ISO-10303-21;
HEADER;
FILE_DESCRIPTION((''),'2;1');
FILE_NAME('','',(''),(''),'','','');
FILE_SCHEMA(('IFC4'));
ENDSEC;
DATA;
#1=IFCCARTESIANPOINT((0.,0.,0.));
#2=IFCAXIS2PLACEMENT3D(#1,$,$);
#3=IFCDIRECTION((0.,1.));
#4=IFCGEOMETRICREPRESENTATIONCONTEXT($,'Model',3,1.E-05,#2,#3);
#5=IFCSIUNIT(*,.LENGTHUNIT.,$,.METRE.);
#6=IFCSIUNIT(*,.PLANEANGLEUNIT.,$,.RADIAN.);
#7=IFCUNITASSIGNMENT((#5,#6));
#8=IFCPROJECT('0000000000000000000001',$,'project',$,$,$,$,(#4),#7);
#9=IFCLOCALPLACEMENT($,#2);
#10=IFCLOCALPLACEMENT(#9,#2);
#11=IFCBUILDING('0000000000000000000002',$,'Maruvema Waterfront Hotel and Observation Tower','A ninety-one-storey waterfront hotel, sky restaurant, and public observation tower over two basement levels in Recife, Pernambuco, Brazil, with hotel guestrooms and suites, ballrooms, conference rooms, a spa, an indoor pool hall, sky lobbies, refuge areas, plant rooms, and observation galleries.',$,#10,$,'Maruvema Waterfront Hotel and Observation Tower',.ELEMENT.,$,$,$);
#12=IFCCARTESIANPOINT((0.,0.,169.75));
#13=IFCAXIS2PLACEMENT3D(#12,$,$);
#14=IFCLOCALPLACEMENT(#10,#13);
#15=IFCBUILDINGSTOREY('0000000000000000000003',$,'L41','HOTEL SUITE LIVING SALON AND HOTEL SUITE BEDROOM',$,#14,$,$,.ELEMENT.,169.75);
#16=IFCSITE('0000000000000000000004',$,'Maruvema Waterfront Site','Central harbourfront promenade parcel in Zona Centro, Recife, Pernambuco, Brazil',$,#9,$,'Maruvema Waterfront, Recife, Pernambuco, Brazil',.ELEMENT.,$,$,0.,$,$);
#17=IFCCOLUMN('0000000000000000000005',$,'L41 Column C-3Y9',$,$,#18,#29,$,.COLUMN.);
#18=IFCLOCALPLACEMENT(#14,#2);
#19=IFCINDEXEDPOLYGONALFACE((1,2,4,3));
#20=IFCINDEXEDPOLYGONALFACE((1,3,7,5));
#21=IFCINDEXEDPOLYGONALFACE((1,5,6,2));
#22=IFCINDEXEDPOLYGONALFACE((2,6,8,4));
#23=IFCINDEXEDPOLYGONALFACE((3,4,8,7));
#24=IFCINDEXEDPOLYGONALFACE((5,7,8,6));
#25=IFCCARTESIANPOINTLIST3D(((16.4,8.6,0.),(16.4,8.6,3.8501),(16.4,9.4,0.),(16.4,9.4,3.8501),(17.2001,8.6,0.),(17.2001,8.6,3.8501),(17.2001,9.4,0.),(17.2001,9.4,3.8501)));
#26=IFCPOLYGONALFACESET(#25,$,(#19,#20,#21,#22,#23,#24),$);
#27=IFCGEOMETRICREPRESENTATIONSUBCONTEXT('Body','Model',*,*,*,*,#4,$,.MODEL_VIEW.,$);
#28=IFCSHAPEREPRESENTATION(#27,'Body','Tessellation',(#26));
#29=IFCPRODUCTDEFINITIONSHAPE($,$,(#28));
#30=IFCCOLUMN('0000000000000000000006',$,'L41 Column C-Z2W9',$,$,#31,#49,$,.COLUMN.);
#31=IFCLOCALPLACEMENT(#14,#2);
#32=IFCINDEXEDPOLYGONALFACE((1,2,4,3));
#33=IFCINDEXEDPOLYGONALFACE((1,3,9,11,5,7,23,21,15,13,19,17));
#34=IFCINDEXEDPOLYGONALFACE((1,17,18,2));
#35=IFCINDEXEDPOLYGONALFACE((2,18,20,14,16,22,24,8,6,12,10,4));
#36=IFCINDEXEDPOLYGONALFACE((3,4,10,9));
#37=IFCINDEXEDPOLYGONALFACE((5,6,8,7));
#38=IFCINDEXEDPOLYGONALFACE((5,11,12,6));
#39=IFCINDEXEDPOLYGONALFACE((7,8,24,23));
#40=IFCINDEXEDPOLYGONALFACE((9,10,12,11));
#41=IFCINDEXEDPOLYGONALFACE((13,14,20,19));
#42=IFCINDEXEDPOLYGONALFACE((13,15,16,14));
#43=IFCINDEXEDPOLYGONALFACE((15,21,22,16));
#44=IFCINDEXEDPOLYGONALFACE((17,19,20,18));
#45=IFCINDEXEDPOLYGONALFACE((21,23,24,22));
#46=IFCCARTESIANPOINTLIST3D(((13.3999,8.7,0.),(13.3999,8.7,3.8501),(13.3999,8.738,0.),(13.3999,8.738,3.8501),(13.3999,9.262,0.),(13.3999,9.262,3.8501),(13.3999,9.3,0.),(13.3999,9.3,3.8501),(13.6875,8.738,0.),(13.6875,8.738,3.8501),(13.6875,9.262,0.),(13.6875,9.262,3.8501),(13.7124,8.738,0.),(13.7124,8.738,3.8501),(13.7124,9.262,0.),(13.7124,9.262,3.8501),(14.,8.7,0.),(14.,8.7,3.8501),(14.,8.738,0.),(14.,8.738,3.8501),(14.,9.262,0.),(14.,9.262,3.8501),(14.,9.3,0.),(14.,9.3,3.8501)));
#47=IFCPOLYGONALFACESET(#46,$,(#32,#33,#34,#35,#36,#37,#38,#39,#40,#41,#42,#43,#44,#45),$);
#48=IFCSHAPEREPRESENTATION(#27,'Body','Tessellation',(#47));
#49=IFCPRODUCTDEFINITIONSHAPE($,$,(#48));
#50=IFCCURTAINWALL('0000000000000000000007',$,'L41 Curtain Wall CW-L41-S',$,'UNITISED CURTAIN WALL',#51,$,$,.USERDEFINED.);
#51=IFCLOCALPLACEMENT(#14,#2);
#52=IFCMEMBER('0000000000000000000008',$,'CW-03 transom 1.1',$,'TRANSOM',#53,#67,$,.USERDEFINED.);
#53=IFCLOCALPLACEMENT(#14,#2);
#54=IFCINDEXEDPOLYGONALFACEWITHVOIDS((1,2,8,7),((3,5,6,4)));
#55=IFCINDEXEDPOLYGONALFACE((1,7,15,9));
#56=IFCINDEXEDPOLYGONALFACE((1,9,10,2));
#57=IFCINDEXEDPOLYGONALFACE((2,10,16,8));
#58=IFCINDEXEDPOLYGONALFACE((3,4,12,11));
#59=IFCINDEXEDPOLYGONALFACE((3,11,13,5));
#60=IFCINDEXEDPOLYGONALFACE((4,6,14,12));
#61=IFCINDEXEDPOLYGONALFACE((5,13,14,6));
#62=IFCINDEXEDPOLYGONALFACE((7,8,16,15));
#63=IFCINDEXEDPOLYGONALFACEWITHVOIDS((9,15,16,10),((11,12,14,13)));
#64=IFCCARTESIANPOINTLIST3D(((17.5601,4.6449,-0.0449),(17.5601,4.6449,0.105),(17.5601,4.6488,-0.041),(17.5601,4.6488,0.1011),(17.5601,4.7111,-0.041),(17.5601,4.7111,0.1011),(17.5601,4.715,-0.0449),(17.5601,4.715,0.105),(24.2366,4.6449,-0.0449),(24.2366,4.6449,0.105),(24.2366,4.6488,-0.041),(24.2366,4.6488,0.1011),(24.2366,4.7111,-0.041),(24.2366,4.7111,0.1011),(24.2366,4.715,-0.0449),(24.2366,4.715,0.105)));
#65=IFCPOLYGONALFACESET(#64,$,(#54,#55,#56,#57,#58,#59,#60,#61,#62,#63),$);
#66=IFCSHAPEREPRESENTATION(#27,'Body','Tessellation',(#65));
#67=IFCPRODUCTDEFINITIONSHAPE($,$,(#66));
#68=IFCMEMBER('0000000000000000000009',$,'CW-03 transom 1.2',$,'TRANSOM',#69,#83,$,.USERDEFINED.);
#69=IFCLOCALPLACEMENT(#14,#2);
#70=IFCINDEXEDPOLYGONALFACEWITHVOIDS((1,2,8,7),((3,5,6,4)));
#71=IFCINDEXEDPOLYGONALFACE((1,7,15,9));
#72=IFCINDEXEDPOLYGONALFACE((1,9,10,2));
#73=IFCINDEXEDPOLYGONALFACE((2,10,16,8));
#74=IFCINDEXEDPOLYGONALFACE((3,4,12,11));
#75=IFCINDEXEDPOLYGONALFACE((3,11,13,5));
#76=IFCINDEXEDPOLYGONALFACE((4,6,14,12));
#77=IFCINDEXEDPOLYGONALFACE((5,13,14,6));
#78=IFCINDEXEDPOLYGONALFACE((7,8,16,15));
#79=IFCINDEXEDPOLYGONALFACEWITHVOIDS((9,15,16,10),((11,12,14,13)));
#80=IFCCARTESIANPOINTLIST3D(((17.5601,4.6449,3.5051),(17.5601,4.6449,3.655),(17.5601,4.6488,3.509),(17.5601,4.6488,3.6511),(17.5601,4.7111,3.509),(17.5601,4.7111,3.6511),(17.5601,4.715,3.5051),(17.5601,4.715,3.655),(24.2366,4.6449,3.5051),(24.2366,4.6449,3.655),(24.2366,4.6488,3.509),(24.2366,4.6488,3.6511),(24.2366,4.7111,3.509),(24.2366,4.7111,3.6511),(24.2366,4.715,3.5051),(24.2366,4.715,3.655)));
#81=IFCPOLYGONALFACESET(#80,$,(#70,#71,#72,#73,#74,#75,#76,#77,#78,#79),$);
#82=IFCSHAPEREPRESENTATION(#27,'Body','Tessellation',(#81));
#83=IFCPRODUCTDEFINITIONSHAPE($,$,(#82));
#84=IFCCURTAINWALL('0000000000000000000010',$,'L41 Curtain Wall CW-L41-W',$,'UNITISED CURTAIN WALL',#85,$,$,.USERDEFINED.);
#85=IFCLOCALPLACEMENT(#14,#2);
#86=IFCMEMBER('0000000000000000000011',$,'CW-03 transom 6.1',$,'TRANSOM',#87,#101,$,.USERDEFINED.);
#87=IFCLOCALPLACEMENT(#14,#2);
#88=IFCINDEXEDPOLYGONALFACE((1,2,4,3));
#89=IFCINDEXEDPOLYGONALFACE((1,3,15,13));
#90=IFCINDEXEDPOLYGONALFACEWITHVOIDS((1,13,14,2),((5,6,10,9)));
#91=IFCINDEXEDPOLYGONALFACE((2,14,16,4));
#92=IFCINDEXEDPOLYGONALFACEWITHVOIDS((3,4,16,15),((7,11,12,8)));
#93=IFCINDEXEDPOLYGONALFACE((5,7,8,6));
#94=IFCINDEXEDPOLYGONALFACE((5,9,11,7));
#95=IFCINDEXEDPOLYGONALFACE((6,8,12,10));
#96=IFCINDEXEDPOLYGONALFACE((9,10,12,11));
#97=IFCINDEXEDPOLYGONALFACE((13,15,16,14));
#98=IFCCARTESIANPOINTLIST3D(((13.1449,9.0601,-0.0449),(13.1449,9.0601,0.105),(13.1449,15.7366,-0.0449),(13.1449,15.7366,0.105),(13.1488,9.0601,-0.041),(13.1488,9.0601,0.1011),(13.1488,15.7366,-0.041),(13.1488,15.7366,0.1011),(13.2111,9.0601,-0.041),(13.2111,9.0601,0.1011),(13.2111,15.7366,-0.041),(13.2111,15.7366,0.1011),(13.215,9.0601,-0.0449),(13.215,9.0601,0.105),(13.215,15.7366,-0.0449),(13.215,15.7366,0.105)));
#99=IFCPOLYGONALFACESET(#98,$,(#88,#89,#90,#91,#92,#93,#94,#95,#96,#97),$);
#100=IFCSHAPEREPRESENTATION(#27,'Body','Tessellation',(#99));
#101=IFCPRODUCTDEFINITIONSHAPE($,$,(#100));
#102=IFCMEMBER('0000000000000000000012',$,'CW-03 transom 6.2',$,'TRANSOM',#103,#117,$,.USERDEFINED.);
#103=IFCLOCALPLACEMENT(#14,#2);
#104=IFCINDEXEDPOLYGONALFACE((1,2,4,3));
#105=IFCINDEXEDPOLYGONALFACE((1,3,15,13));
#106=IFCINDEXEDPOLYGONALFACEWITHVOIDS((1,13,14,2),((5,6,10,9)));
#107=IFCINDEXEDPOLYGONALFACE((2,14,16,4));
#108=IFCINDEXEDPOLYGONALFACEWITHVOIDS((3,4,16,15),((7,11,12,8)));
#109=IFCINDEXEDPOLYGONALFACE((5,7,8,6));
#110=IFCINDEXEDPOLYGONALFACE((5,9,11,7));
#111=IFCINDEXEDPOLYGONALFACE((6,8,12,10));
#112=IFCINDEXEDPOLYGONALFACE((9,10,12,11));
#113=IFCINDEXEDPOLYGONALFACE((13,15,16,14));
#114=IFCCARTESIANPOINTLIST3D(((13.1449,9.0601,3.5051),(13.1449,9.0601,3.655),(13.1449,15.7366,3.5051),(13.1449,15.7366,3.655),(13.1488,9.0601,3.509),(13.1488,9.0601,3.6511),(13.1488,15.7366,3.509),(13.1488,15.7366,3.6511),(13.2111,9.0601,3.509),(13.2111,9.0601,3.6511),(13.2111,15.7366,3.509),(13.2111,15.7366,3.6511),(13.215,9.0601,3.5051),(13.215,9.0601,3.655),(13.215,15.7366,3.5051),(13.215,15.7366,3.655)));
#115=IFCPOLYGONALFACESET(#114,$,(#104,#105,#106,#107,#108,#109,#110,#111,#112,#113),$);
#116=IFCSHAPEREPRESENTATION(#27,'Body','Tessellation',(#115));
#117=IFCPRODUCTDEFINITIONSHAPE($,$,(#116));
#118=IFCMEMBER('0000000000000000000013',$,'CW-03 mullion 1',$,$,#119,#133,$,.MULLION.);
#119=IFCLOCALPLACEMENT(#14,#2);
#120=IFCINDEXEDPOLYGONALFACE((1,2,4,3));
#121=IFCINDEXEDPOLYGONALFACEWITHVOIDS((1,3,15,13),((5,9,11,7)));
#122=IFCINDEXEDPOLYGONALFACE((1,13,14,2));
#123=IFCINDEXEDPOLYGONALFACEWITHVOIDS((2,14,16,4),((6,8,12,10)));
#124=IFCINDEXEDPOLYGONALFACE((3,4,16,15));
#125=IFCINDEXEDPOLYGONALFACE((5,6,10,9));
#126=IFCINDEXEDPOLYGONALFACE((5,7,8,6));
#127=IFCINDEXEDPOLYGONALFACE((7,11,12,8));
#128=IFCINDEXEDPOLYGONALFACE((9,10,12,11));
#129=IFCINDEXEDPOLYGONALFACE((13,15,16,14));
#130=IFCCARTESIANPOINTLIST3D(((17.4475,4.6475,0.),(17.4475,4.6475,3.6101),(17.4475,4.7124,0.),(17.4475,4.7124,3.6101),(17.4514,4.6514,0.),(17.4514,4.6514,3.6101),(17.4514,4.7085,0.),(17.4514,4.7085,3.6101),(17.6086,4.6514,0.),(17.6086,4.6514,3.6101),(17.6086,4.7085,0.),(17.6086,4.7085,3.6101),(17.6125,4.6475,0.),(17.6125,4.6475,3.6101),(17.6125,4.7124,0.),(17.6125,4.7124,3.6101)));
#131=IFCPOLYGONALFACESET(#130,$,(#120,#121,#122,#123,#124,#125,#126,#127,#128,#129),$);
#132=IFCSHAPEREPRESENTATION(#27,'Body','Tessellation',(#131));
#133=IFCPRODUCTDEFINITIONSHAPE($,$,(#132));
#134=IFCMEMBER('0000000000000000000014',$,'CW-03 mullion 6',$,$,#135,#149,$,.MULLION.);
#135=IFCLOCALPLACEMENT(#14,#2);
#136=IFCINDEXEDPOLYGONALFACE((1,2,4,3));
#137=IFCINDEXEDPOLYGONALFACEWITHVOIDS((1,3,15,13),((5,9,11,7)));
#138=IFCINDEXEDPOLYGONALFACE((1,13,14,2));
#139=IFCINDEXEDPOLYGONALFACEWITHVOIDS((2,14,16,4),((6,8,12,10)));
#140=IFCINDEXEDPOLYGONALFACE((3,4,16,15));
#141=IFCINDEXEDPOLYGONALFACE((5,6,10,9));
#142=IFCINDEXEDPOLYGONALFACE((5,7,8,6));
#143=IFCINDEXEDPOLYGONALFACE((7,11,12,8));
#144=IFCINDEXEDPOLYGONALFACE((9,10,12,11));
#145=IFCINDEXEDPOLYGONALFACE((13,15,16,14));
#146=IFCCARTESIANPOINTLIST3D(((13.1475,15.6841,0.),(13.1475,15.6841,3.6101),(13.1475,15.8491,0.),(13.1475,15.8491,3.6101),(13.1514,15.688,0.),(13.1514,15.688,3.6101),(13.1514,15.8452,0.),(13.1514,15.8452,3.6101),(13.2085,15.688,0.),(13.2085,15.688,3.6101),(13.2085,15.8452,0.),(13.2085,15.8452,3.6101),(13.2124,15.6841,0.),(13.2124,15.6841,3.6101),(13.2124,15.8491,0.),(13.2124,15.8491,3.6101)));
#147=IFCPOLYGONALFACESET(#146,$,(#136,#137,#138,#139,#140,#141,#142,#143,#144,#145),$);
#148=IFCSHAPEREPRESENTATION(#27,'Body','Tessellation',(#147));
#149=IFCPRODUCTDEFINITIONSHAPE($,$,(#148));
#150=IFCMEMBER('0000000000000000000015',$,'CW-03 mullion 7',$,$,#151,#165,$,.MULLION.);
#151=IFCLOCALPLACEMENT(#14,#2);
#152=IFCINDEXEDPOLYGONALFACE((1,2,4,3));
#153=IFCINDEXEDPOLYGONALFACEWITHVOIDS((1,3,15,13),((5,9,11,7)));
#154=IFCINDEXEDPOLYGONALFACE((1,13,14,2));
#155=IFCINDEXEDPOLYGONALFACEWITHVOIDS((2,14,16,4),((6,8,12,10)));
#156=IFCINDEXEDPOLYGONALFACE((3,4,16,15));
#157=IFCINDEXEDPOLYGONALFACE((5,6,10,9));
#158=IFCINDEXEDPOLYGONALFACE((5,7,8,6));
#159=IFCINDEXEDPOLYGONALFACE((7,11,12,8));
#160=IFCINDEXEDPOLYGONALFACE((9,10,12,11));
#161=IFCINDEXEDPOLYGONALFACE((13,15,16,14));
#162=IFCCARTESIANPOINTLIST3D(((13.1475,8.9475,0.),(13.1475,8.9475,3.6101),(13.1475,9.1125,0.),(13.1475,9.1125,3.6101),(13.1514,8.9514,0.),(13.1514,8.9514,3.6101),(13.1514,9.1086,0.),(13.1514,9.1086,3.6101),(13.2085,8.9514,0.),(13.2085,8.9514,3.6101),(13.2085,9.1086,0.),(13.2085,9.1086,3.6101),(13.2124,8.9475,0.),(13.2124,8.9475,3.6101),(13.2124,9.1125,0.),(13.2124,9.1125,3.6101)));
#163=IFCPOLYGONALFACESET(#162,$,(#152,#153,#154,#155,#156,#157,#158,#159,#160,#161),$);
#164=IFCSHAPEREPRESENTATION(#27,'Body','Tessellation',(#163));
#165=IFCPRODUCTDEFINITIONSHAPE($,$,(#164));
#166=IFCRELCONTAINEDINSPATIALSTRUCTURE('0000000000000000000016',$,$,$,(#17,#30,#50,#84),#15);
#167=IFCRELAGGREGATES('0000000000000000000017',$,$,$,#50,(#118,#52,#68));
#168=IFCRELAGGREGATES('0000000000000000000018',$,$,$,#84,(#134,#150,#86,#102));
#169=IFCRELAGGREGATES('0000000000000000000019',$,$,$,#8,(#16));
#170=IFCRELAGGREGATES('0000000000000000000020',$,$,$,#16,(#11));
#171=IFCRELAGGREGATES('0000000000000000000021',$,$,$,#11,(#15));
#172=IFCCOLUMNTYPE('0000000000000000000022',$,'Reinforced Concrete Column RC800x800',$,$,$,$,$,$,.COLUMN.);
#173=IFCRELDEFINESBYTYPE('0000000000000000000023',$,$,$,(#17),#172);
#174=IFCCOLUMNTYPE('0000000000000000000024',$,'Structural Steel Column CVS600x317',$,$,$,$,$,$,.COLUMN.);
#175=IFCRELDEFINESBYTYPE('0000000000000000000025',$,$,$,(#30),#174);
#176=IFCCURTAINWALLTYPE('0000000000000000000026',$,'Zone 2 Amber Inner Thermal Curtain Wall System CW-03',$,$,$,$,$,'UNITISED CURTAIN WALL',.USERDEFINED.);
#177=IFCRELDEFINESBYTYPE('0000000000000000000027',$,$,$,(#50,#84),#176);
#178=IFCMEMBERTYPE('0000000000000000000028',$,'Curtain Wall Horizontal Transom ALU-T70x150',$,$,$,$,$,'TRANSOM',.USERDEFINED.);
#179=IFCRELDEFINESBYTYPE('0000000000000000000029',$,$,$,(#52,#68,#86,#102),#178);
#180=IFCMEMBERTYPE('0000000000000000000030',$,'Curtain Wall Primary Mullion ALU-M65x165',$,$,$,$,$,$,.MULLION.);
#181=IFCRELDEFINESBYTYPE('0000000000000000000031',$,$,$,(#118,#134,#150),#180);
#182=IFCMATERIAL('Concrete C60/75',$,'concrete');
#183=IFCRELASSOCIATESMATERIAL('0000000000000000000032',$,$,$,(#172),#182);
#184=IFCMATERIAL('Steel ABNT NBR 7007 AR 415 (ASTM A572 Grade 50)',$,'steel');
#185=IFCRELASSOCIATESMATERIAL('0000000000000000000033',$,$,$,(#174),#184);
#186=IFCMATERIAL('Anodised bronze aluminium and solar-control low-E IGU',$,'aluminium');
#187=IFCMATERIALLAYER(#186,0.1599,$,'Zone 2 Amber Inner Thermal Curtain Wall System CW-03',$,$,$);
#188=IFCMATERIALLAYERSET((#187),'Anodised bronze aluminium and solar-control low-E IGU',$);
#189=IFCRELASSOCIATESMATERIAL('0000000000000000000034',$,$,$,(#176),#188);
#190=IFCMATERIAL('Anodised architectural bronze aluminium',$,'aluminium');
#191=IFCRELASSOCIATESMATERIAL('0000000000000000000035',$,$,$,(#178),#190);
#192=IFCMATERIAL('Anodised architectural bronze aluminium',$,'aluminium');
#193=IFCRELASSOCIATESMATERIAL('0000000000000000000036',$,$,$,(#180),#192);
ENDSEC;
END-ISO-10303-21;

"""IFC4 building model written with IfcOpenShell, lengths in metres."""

from ifc_helpers import new_model, si_unit, direction, frame, origin, origin_2d, place, context, subcontext, project, spatial, rectangle, hollow_rectangle, i_section, extrude, material, layer, layer_set, material_profile, profile_set, type_object, element, aggregate, save


model = new_model("IFC4")

# Units and contexts
model_context = context("Model", 3, precision=1e-05, world=origin(), true_north=direction((0.0, 1.0)))
body_context = subcontext(model_context, "Body", "Model", "MODEL_VIEW")
ifc_project = project(units=[si_unit("LENGTHUNIT", "METRE"), si_unit("PLANEANGLEUNIT", "RADIAN")], contexts=[model_context])

# Site, building, storey
site_placement = place(None, origin())
site = spatial("IfcSite", under=ifc_project, at=site_placement, Name="Maruvema Waterfront Site", Description="Central harbourfront promenade parcel in Zona Centro, Recife, Pernambuco, Brazil", LongName="Maruvema Waterfront, Recife, Pernambuco, Brazil", CompositionType="ELEMENT", RefElevation=0.0)
building_placement = place(site_placement, origin())
building = spatial("IfcBuilding", under=site, at=building_placement, Name="Maruvema Waterfront Hotel and Observation Tower", Description="A ninety-one-storey waterfront hotel, sky restaurant, and public observation tower over two basement levels in Recife, Pernambuco, Brazil, with hotel guestrooms and suites, ballrooms, conference rooms, a spa, an indoor pool hall, sky lobbies, refuge areas, plant rooms, and observation galleries.", LongName="Maruvema Waterfront Hotel and Observation Tower", CompositionType="ELEMENT")
storey_placement = place(building_placement, frame((0.0, 0.0, 169.75)))
storey = spatial("IfcBuildingStorey", under=building, at=storey_placement, Name="L41", Description="HOTEL SUITE LIVING SALON AND HOTEL SUITE BEDROOM", CompositionType="ELEMENT", Elevation=169.75)

# Columns
ifc_material_1 = material(Name="Concrete C60/75", Category="concrete")
ifc_material_profile_1 = material_profile(ifc_material_1, rectangle(XDim=0.8, YDim=0.8, at=origin_2d()), Name="RC800x800")
ifc_profile_set_1 = profile_set([ifc_material_profile_1], Name="Concrete C60/75")
column_type_1 = type_object("IfcColumnType", Name="Reinforced Concrete Column RC800x800", PredefinedType="COLUMN", material=ifc_profile_set_1)
column_1_placement = place(storey_placement, frame((16.8, 9.0, 0.0), z_axis=(0.0, 0.0, 1.0), x_axis=(1.0, 0.0, 0.0)))
element("IfcColumn", 1, at=column_1_placement, inside=storey, type_object=column_type_1, Name="L41 Column C-3Y9", PredefinedType="COLUMN", context=body_context, shape_type="SweptSolid", body=[
    extrude(rectangle(XDim=0.8, YDim=0.8, at=origin_2d()), origin(), (0.0, 0.0, 1.0), 3.8501),
])
ifc_material_2 = material(Name="Steel ABNT NBR 7007 AR 415 (ASTM A572 Grade 50)", Category="steel")
ifc_material_profile_2 = material_profile(ifc_material_2, i_section(OverallWidth=0.6001, OverallDepth=0.6001, WebThickness=0.0249, FlangeThickness=0.0381, at=origin_2d()), Name="CVS600x317")
ifc_profile_set_2 = profile_set([ifc_material_profile_2], Name="Steel ABNT NBR 7007 AR 415 (ASTM A572 Grade 50)")
column_type_2 = type_object("IfcColumnType", Name="Structural Steel Column CVS600x317", PredefinedType="COLUMN", material=ifc_profile_set_2)
column_2_placement = place(storey_placement, frame((13.7, 9.0, 0.0), z_axis=(0.0, 0.0, 1.0), x_axis=(1.0, 0.0, 0.0)))
element("IfcColumn", 2, at=column_2_placement, inside=storey, type_object=column_type_2, Name="L41 Column C-Z2W9", PredefinedType="COLUMN", context=body_context, shape_type="SweptSolid", body=[
    extrude(i_section(OverallWidth=0.6001, OverallDepth=0.6001, WebThickness=0.0249, FlangeThickness=0.0381, at=origin_2d()), origin(), (0.0, 0.0, 1.0), 3.8501),
])

# Curtain walls, members
ifc_material_3 = material(Name="Anodised bronze aluminium and solar-control low-E IGU", Category="aluminium")
ifc_layer_1 = layer(ifc_material_3, 0.1599, Name="Zone 2 Amber Inner Thermal Curtain Wall System CW-03")
ifc_layer_set_1 = layer_set([ifc_layer_1], Name="Anodised bronze aluminium and solar-control low-E IGU")
curtain_wall_type = type_object("IfcCurtainWallType", Name="Zone 2 Amber Inner Thermal Curtain Wall System CW-03", ElementType="UNITISED CURTAIN WALL", PredefinedType="USERDEFINED", material=ifc_layer_set_1)
curtain_wall_1_placement = place(storey_placement, origin())
curtain_wall_1 = element("IfcCurtainWall", 3, at=curtain_wall_1_placement, inside=storey, type_object=curtain_wall_type, Name="L41 Curtain Wall CW-L41-S", ObjectType="UNITISED CURTAIN WALL", PredefinedType="USERDEFINED")
ifc_material_4 = material(Name="Anodised architectural bronze aluminium", Category="aluminium")
ifc_material_profile_3 = material_profile(ifc_material_4, hollow_rectangle(XDim=0.0701, YDim=0.1499, WallThickness=0.0039, at=origin_2d()), Name="ALU-T70x150")
ifc_profile_set_3 = profile_set([ifc_material_profile_3], Name="Anodised architectural bronze aluminium")
member_type_1 = type_object("IfcMemberType", Name="Curtain Wall Horizontal Transom ALU-T70x150", ElementType="TRANSOM", PredefinedType="USERDEFINED", material=ifc_profile_set_3)
member_1_placement = place(storey_placement, frame((17.5601, 4.6799, 0.03), z_axis=(1.0, 0.0, 0.0), x_axis=(0.0, 1.0, 0.0)))
member_1 = element("IfcMember", 4, at=member_1_placement, type_object=member_type_1, Name="CW-03 transom 1.1", ObjectType="TRANSOM", PredefinedType="USERDEFINED", context=body_context, shape_type="SweptSolid", body=[
    extrude(hollow_rectangle(XDim=0.0701, YDim=0.1499, WallThickness=0.0039, at=origin_2d()), origin(), (0.0, 0.0, 1.0), 6.6765),
])
member_2_placement = place(storey_placement, frame((17.5601, 4.6799, 3.5801), z_axis=(1.0, 0.0, 0.0), x_axis=(0.0, 1.0, 0.0)))
member_2 = element("IfcMember", 5, at=member_2_placement, type_object=member_type_1, Name="CW-03 transom 1.2", ObjectType="TRANSOM", PredefinedType="USERDEFINED", context=body_context, shape_type="SweptSolid", body=[
    extrude(hollow_rectangle(XDim=0.0701, YDim=0.1499, WallThickness=0.0039, at=origin_2d()), origin(), (0.0, 0.0, 1.0), 6.6765),
])
curtain_wall_2_placement = place(storey_placement, origin())
curtain_wall_2 = element("IfcCurtainWall", 6, at=curtain_wall_2_placement, inside=storey, type_object=curtain_wall_type, Name="L41 Curtain Wall CW-L41-W", ObjectType="UNITISED CURTAIN WALL", PredefinedType="USERDEFINED")
member_3_placement = place(storey_placement, frame((13.1799, 15.7366, 0.03), z_axis=(0.0, -1.0, 0.0), x_axis=(1.0, 0.0, 0.0)))
member_3 = element("IfcMember", 7, at=member_3_placement, type_object=member_type_1, Name="CW-03 transom 6.1", ObjectType="TRANSOM", PredefinedType="USERDEFINED", context=body_context, shape_type="SweptSolid", body=[
    extrude(hollow_rectangle(XDim=0.0701, YDim=0.1499, WallThickness=0.0039, at=origin_2d()), origin(), (0.0, 0.0, 1.0), 6.6765),
])
member_4_placement = place(storey_placement, frame((13.1799, 15.7366, 3.5801), z_axis=(0.0, -1.0, 0.0), x_axis=(1.0, 0.0, 0.0)))
member_4 = element("IfcMember", 8, at=member_4_placement, type_object=member_type_1, Name="CW-03 transom 6.2", ObjectType="TRANSOM", PredefinedType="USERDEFINED", context=body_context, shape_type="SweptSolid", body=[
    extrude(hollow_rectangle(XDim=0.0701, YDim=0.1499, WallThickness=0.0039, at=origin_2d()), origin(), (0.0, 0.0, 1.0), 6.6765),
])

# Members
ifc_material_5 = material(Name="Anodised architectural bronze aluminium", Category="aluminium")
ifc_material_profile_4 = material_profile(ifc_material_5, hollow_rectangle(XDim=0.0649, YDim=0.165, WallThickness=0.0039, at=origin_2d()), Name="ALU-M65x165")
ifc_profile_set_4 = profile_set([ifc_material_profile_4], Name="Anodised architectural bronze aluminium")
member_type_2 = type_object("IfcMemberType", Name="Curtain Wall Primary Mullion ALU-M65x165", PredefinedType="MULLION", material=ifc_profile_set_4)
member_5_placement = place(storey_placement, frame((17.53, 4.6799, 0.0), z_axis=(0.0, 0.0, 1.0), x_axis=(0.0, 1.0, 0.0)))
member_5 = element("IfcMember", 9, at=member_5_placement, type_object=member_type_2, Name="CW-03 mullion 1", PredefinedType="MULLION", context=body_context, shape_type="SweptSolid", body=[
    extrude(hollow_rectangle(XDim=0.0649, YDim=0.165, WallThickness=0.0039, at=origin_2d()), origin(), (0.0, 0.0, 1.0), 3.6101),
])
member_6_placement = place(storey_placement, frame((13.1799, 15.7666, 0.0), z_axis=(0.0, 0.0, 1.0), x_axis=(1.0, 0.0, 0.0)))
member_6 = element("IfcMember", 10, at=member_6_placement, type_object=member_type_2, Name="CW-03 mullion 6", PredefinedType="MULLION", context=body_context, shape_type="SweptSolid", body=[
    extrude(hollow_rectangle(XDim=0.0649, YDim=0.165, WallThickness=0.0039, at=origin_2d()), origin(), (0.0, 0.0, 1.0), 3.6101),
])
member_7_placement = place(storey_placement, frame((13.1799, 9.03, 0.0), z_axis=(0.0, 0.0, 1.0), x_axis=(1.0, 0.0, 0.0)))
member_7 = element("IfcMember", 11, at=member_7_placement, type_object=member_type_2, Name="CW-03 mullion 7", PredefinedType="MULLION", context=body_context, shape_type="SweptSolid", body=[
    extrude(hollow_rectangle(XDim=0.0649, YDim=0.165, WallThickness=0.0039, at=origin_2d()), origin(), (0.0, 0.0, 1.0), 3.6101),
])

aggregate(curtain_wall_1, [member_5, member_1, member_2])
aggregate(curtain_wall_2, [member_6, member_7, member_3, member_4])

save(model, "model.ifc")
